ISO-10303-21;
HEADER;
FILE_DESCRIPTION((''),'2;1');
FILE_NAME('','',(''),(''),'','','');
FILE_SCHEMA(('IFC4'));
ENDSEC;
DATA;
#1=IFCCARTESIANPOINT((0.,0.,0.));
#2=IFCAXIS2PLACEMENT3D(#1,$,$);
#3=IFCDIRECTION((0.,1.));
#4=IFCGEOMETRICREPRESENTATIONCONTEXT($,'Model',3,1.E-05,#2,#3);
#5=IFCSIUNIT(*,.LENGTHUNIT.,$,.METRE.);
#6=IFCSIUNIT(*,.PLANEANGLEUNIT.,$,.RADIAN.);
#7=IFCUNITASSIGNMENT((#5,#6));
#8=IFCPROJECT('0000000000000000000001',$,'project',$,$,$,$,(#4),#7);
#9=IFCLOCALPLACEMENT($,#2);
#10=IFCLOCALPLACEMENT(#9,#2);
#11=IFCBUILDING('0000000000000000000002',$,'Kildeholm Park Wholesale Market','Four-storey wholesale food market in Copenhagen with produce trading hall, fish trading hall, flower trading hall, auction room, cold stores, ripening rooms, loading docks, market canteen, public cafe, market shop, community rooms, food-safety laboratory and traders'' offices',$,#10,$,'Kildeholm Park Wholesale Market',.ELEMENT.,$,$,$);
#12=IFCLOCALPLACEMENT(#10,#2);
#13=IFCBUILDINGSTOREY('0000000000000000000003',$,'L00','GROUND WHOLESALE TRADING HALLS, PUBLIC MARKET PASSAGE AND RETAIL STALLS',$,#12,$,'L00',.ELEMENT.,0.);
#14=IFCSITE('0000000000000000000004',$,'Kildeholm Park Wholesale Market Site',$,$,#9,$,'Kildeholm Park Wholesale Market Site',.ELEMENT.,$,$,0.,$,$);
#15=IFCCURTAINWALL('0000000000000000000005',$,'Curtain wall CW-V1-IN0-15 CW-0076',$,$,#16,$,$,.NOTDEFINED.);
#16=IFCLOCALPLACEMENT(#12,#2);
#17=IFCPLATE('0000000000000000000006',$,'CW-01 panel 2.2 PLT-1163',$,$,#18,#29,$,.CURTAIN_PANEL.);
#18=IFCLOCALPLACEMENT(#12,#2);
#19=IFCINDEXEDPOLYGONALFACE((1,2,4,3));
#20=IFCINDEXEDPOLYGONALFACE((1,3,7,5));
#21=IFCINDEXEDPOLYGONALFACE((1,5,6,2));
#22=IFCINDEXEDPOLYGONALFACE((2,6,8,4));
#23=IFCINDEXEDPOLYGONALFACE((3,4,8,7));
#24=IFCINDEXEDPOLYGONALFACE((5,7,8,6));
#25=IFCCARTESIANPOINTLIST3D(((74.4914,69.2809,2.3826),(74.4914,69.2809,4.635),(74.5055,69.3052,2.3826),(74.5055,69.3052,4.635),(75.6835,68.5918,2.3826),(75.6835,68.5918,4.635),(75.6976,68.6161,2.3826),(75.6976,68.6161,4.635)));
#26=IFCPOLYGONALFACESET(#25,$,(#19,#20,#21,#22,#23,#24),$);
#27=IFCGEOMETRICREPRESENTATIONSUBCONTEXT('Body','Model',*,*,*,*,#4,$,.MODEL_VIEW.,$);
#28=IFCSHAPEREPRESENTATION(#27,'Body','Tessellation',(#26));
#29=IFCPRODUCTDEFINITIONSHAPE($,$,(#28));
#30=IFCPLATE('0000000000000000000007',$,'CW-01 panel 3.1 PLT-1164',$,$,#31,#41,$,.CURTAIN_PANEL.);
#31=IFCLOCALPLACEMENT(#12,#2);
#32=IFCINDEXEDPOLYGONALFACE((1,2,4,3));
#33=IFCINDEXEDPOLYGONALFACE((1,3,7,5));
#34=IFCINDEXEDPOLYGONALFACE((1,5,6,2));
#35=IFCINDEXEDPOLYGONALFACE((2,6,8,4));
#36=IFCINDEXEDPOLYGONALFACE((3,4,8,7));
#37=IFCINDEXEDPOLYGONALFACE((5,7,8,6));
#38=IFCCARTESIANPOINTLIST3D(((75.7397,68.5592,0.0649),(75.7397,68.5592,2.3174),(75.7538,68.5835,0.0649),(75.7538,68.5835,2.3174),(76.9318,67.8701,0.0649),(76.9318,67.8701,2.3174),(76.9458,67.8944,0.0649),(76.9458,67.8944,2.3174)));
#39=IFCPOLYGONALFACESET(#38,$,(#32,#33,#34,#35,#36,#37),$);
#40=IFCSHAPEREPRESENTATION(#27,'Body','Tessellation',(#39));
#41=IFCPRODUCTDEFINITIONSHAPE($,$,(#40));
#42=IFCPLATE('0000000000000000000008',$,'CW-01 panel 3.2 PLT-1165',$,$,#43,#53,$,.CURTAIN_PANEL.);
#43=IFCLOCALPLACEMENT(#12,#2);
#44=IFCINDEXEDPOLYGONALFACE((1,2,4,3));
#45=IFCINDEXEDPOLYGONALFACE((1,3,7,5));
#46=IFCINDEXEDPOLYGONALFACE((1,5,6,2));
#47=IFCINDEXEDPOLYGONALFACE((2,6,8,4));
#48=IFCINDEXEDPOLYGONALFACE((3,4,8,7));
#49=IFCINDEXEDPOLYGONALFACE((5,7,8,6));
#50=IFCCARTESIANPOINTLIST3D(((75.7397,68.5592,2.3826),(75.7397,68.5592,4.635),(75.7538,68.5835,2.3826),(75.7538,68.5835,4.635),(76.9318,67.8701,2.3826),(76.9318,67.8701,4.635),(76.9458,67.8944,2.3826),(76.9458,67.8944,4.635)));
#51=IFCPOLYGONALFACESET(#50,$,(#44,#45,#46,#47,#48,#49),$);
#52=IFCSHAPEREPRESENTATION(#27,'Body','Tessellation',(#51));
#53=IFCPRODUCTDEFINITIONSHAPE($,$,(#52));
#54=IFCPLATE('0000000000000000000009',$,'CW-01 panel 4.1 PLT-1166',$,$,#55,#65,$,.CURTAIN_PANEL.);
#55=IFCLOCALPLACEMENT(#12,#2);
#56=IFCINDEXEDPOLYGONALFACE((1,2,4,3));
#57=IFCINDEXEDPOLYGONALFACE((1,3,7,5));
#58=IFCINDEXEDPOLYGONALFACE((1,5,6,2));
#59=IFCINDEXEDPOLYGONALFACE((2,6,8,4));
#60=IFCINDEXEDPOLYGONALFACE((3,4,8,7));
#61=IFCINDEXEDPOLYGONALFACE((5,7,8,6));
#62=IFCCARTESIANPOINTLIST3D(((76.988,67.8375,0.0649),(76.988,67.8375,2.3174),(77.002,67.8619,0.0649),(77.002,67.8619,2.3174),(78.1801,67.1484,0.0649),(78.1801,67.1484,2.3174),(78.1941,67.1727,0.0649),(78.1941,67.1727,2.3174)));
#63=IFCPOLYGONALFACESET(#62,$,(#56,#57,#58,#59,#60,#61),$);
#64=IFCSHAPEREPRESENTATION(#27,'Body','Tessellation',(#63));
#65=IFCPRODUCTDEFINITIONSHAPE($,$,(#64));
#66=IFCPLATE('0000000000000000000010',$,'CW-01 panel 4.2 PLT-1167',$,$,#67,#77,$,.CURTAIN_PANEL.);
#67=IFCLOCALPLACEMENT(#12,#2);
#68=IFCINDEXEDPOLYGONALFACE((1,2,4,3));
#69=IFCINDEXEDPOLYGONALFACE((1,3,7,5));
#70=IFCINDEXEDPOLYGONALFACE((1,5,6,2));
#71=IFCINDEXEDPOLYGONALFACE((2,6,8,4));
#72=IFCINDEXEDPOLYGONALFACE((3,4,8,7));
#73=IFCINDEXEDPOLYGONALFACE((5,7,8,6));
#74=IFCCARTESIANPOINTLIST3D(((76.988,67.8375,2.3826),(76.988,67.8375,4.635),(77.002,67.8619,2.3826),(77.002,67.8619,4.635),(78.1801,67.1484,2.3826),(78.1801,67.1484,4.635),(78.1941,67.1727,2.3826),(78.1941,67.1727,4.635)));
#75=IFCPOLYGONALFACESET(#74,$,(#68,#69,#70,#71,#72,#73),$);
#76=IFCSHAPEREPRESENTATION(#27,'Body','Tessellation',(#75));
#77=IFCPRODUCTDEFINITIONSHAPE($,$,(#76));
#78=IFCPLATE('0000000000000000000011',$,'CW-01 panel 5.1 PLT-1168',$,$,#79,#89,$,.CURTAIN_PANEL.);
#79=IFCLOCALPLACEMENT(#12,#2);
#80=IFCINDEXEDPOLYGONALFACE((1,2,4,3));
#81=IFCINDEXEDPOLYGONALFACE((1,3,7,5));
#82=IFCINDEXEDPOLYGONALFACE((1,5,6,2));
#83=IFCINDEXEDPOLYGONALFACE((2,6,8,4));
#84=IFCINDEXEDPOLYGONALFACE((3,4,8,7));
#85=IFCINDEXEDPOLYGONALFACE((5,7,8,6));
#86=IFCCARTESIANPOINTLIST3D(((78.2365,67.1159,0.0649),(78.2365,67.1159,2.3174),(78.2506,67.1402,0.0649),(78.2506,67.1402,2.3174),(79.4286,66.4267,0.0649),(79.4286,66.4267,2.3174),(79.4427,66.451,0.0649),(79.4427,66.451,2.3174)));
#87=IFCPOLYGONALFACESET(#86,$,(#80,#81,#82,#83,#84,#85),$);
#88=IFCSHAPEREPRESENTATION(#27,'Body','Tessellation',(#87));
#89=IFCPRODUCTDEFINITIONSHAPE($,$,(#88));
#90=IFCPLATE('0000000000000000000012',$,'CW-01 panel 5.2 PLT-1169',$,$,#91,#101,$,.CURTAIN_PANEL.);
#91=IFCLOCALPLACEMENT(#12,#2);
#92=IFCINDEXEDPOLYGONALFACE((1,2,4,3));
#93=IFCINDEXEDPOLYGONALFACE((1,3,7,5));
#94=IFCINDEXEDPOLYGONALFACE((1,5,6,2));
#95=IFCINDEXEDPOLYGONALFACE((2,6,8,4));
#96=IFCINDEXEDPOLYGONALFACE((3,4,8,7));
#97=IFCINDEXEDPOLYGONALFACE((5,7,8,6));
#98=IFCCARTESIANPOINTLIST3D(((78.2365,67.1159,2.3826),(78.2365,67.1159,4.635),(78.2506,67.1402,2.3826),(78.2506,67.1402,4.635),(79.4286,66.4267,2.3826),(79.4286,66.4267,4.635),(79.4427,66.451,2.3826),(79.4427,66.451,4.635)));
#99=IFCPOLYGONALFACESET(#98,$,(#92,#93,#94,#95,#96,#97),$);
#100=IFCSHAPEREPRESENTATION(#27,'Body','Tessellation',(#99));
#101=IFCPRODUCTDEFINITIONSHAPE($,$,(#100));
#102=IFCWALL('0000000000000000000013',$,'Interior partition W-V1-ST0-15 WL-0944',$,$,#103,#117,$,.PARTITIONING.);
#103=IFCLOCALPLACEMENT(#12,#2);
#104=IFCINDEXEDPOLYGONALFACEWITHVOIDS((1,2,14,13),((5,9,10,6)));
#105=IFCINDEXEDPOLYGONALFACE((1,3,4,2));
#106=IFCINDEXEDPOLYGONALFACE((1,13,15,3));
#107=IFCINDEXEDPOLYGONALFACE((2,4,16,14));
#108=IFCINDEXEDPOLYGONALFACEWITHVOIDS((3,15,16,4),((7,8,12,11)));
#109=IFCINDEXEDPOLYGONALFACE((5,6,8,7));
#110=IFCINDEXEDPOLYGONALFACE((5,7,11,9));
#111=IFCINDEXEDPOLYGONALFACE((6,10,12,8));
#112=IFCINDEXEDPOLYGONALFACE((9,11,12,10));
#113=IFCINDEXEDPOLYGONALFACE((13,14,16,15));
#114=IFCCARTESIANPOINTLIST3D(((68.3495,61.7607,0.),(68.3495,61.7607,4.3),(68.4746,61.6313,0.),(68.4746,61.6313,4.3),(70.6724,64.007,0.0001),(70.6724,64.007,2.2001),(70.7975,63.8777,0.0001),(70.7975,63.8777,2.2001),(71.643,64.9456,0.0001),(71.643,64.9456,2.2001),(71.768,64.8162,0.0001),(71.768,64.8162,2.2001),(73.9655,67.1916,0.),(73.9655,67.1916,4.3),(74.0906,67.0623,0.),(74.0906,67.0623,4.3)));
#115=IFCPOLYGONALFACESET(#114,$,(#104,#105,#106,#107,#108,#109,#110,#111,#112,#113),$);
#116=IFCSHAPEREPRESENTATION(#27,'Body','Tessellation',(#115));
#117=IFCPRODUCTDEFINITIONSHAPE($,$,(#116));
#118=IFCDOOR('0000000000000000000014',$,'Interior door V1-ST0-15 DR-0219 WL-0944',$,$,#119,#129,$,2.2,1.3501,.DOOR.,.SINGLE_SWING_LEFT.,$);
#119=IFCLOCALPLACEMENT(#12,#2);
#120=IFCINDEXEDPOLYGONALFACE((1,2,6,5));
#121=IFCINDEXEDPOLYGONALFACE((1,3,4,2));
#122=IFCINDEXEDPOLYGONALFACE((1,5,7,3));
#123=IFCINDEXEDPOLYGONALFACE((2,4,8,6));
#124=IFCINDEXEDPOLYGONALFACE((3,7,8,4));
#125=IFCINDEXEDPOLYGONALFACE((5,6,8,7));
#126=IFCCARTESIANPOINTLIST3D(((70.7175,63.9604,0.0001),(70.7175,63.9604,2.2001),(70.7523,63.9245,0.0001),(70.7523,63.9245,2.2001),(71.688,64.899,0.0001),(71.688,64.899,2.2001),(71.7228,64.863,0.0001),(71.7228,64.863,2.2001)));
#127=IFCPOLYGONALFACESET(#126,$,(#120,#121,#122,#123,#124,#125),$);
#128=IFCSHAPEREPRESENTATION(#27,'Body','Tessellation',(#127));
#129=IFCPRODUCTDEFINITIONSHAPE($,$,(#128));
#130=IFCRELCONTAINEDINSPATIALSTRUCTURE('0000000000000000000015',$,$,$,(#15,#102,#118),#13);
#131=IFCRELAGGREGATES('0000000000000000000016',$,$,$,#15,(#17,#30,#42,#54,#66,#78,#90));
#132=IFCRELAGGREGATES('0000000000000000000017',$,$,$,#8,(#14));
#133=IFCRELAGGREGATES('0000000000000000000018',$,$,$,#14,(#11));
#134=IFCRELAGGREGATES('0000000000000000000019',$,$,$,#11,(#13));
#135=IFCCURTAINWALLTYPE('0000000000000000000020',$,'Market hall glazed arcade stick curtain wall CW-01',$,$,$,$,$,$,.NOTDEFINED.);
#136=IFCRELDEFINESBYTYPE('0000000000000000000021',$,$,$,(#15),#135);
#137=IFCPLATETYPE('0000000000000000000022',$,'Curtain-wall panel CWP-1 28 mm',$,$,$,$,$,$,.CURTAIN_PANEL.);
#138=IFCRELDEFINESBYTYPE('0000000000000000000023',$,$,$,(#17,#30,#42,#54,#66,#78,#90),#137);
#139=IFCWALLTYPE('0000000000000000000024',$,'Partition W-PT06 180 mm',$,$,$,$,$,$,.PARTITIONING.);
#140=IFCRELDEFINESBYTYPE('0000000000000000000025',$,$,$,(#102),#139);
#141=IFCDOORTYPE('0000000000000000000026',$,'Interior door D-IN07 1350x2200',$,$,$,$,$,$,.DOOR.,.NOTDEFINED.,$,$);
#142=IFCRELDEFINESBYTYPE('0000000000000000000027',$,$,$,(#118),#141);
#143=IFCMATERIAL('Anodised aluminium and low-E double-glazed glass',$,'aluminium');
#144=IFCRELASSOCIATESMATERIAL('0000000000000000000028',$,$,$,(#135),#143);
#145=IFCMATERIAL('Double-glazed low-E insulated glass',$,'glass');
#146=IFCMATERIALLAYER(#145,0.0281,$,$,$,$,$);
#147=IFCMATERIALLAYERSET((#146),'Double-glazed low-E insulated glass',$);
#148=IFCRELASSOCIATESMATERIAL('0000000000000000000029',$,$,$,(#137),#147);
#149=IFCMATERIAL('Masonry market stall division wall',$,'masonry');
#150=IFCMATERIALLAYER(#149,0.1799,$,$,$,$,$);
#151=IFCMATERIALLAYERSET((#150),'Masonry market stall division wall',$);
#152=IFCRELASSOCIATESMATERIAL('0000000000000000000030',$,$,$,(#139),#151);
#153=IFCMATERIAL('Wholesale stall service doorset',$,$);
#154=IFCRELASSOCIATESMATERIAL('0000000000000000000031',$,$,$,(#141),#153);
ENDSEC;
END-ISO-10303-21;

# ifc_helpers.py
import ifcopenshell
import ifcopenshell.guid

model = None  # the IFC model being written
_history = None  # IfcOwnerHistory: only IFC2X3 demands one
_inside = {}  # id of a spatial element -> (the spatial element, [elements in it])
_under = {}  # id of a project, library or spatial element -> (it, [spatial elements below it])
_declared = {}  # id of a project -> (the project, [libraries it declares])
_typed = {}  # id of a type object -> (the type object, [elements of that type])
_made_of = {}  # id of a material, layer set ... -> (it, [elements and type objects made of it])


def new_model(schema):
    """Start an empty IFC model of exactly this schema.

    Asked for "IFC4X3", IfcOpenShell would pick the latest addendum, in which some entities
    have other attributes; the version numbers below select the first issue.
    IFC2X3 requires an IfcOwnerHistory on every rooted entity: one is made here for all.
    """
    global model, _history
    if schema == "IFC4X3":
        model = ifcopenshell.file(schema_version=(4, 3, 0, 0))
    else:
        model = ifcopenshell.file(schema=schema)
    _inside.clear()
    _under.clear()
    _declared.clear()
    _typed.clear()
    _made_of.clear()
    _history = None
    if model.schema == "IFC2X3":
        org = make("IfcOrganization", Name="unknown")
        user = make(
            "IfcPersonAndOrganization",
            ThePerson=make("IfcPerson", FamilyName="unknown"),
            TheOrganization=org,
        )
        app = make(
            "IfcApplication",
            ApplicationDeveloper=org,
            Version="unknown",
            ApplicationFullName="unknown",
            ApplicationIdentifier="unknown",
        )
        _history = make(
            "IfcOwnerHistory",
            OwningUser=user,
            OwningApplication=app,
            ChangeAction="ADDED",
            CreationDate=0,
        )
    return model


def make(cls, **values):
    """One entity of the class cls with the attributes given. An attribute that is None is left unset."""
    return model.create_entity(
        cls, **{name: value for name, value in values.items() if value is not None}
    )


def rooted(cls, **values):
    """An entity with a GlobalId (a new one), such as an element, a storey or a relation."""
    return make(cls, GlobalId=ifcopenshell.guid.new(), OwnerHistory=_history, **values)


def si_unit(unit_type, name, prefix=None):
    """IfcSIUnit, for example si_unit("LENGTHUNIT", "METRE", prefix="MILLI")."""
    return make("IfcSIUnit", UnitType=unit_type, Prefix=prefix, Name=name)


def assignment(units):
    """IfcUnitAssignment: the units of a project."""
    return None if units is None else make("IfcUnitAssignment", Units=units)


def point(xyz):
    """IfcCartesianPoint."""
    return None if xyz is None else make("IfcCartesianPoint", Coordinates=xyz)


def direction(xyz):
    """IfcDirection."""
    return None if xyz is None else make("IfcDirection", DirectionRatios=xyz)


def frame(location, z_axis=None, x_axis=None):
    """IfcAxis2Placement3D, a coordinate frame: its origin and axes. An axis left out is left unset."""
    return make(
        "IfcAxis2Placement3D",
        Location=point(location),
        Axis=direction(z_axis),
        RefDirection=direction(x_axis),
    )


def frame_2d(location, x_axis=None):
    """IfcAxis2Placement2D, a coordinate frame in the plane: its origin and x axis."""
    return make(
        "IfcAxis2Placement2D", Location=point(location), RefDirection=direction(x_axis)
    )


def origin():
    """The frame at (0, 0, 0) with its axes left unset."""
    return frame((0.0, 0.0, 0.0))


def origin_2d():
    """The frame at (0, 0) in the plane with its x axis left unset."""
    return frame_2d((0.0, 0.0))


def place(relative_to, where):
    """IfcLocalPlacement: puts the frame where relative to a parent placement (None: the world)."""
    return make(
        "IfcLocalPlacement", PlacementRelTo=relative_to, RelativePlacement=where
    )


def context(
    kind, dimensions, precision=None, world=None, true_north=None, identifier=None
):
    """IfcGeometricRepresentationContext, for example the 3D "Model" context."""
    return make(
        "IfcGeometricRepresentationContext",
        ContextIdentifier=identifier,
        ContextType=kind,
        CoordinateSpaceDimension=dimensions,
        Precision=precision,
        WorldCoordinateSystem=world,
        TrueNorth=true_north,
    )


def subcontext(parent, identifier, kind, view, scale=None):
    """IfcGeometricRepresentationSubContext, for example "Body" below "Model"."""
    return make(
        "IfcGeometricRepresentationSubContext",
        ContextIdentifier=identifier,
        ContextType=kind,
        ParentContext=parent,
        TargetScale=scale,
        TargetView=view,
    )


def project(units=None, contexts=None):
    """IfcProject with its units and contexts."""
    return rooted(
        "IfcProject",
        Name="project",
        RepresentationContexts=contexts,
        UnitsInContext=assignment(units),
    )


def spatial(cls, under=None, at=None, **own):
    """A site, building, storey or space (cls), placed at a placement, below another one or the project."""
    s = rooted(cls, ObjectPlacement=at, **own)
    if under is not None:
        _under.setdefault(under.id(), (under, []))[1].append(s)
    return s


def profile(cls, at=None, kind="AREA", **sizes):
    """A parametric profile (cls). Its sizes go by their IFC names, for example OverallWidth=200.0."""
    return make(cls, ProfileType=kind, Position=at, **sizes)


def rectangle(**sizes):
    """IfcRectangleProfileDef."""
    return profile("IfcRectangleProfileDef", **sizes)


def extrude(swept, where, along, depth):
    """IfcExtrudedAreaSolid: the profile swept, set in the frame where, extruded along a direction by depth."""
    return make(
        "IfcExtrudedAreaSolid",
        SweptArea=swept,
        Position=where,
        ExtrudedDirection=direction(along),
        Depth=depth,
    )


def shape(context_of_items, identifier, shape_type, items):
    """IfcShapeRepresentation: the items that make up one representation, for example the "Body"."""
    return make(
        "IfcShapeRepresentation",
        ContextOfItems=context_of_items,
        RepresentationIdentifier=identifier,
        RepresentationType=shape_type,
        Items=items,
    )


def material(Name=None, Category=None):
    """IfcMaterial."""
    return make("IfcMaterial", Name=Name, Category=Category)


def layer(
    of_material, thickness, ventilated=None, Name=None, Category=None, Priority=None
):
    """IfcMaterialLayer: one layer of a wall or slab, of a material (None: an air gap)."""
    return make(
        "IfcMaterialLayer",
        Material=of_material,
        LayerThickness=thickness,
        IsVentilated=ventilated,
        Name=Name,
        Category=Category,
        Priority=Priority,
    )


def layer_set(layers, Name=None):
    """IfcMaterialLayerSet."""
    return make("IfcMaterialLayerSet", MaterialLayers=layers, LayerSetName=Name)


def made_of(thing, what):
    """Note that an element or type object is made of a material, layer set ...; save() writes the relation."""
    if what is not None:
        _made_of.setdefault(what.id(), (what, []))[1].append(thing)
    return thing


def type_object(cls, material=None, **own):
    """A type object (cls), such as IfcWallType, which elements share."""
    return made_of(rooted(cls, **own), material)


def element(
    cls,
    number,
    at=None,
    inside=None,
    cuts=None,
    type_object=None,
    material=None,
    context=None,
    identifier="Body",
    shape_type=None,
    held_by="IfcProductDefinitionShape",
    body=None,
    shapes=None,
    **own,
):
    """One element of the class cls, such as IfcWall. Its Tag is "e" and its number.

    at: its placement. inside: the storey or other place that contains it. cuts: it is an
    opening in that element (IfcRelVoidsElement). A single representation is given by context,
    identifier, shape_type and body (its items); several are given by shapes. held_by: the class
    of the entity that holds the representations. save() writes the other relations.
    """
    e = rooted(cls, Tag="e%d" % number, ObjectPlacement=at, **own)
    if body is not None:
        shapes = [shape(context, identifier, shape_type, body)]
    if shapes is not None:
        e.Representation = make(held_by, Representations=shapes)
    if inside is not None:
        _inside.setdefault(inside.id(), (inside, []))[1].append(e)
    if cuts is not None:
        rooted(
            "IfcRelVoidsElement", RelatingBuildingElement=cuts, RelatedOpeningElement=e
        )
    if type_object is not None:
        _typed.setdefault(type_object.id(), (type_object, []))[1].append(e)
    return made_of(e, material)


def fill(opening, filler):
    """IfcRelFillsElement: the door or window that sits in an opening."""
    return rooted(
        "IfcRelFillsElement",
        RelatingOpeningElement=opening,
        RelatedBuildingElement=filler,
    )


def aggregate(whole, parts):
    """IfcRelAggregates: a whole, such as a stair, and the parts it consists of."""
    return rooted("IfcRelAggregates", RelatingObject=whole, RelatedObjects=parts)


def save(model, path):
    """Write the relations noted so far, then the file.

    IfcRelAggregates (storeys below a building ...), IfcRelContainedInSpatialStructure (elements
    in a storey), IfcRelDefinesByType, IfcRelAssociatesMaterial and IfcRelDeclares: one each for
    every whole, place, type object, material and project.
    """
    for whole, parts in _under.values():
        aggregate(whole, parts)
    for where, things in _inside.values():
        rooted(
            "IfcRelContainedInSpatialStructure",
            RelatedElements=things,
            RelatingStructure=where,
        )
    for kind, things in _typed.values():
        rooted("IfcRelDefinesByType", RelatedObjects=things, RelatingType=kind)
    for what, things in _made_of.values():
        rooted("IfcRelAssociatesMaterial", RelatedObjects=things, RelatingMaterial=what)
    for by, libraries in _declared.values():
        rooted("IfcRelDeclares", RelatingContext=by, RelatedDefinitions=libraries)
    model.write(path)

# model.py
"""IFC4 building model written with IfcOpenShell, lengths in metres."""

from ifc_helpers import new_model, si_unit, direction, frame, frame_2d, origin, origin_2d, place, context, subcontext, project, spatial, rectangle, extrude, material, layer, layer_set, type_object, element, fill, aggregate, save


model = new_model("IFC4")

# Units and contexts
model_context = context("Model", 3, precision=1e-05, world=origin(), true_north=direction((0.0, 1.0)))
body_context = subcontext(model_context, "Body", "Model", "MODEL_VIEW")
ifc_project = project(units=[si_unit("LENGTHUNIT", "METRE"), si_unit("PLANEANGLEUNIT", "RADIAN")], contexts=[model_context])

# Site, building, storey
site_placement = place(None, origin())
site = spatial("IfcSite", under=ifc_project, at=site_placement, Name="Kildeholm Park Wholesale Market Site", LongName="Kildeholm Park Wholesale Market Site", CompositionType="ELEMENT", RefElevation=0.0)
building_placement = place(site_placement, origin())
building = spatial("IfcBuilding", under=site, at=building_placement, Name="Kildeholm Park Wholesale Market", Description="Four-storey wholesale food market in Copenhagen with produce trading hall, fish trading hall, flower trading hall, auction room, cold stores, ripening rooms, loading docks, market canteen, public cafe, market shop, community rooms, food-safety laboratory and traders' offices", LongName="Kildeholm Park Wholesale Market", CompositionType="ELEMENT")
storey_placement = place(building_placement, origin())
storey = spatial("IfcBuildingStorey", under=building, at=storey_placement, Name="L00", Description="GROUND WHOLESALE TRADING HALLS, PUBLIC MARKET PASSAGE AND RETAIL STALLS", LongName="L00", CompositionType="ELEMENT", Elevation=0.0)

# Curtain wall, plates
ifc_material_1 = material(Name="Anodised aluminium and low-E double-glazed glass", Category="aluminium")
curtain_wall_type = type_object("IfcCurtainWallType", Name="Market hall glazed arcade stick curtain wall CW-01", PredefinedType="NOTDEFINED", material=ifc_material_1)
curtain_wall_placement = place(storey_placement, origin())
curtain_wall = element("IfcCurtainWall", 1, at=curtain_wall_placement, inside=storey, type_object=curtain_wall_type, Name="Curtain wall CW-V1-IN0-15 CW-0076", PredefinedType="NOTDEFINED")
ifc_material_2 = material(Name="Double-glazed low-E insulated glass", Category="glass")
ifc_layer_1 = layer(ifc_material_2, 0.0281)
ifc_layer_set_1 = layer_set([ifc_layer_1], Name="Double-glazed low-E insulated glass")
plate_type = type_object("IfcPlateType", Name="Curtain-wall panel CWP-1 28 mm", PredefinedType="CURTAIN_PANEL", material=ifc_layer_set_1)
plate_1_placement = place(storey_placement, frame((75.0945, 68.9485, 2.3826), z_axis=(0.0, 0.0, 1.0), x_axis=(0.865743, -0.500489, 0.0)))
plate_1 = element("IfcPlate", 2, at=plate_1_placement, type_object=plate_type, Name="CW-01 panel 2.2 PLT-1163", PredefinedType="CURTAIN_PANEL", context=body_context, shape_type="SweptSolid", body=[
    extrude(rectangle(XDim=1.377, YDim=0.0281, at=origin_2d()), origin(), (0.0, 0.0, 1.0), 2.2524),
])
plate_2_placement = place(storey_placement, frame((76.3428, 68.2268, 0.0649), z_axis=(0.0, 0.0, 1.0), x_axis=(0.865743, -0.500489, 0.0)))
plate_2 = element("IfcPlate", 3, at=plate_2_placement, type_object=plate_type, Name="CW-01 panel 3.1 PLT-1164", PredefinedType="CURTAIN_PANEL", context=body_context, shape_type="SweptSolid", body=[
    extrude(rectangle(XDim=1.377, YDim=0.0281, at=origin_2d()), origin(), (0.0, 0.0, 1.0), 2.2524),
])
plate_3_placement = place(storey_placement, frame((76.3428, 68.2268, 2.3826), z_axis=(0.0, 0.0, 1.0), x_axis=(0.865743, -0.500489, 0.0)))
plate_3 = element("IfcPlate", 4, at=plate_3_placement, type_object=plate_type, Name="CW-01 panel 3.2 PLT-1165", PredefinedType="CURTAIN_PANEL", context=body_context, shape_type="SweptSolid", body=[
    extrude(rectangle(XDim=1.377, YDim=0.0281, at=origin_2d()), origin(), (0.0, 0.0, 1.0), 2.2524),
])
plate_4_placement = place(storey_placement, frame((77.5911, 67.5051, 0.0649), z_axis=(0.0, 0.0, 1.0), x_axis=(0.865743, -0.500489, 0.0)))
plate_4 = element("IfcPlate", 5, at=plate_4_placement, type_object=plate_type, Name="CW-01 panel 4.1 PLT-1166", PredefinedType="CURTAIN_PANEL", context=body_context, shape_type="SweptSolid", body=[
    extrude(rectangle(XDim=1.377, YDim=0.0281, at=origin_2d()), origin(), (0.0, 0.0, 1.0), 2.2524),
])
plate_5_placement = place(storey_placement, frame((77.5911, 67.5051, 2.3826), z_axis=(0.0, 0.0, 1.0), x_axis=(0.865743, -0.500489, 0.0)))
plate_5 = element("IfcPlate", 6, at=plate_5_placement, type_object=plate_type, Name="CW-01 panel 4.2 PLT-1167", PredefinedType="CURTAIN_PANEL", context=body_context, shape_type="SweptSolid", body=[
    extrude(rectangle(XDim=1.377, YDim=0.0281, at=origin_2d()), origin(), (0.0, 0.0, 1.0), 2.2524),
])
plate_6_placement = place(storey_placement, frame((78.8396, 66.7834, 0.0649), z_axis=(0.0, 0.0, 1.0), x_axis=(0.865743, -0.500489, 0.0)))
plate_6 = element("IfcPlate", 7, at=plate_6_placement, type_object=plate_type, Name="CW-01 panel 5.1 PLT-1168", PredefinedType="CURTAIN_PANEL", context=body_context, shape_type="SweptSolid", body=[
    extrude(rectangle(XDim=1.377, YDim=0.0281, at=origin_2d()), origin(), (0.0, 0.0, 1.0), 2.2524),
])
plate_7_placement = place(storey_placement, frame((78.8396, 66.7834, 2.3826), z_axis=(0.0, 0.0, 1.0), x_axis=(0.865743, -0.500489, 0.0)))
plate_7 = element("IfcPlate", 8, at=plate_7_placement, type_object=plate_type, Name="CW-01 panel 5.2 PLT-1169", PredefinedType="CURTAIN_PANEL", context=body_context, shape_type="SweptSolid", body=[
    extrude(rectangle(XDim=1.377, YDim=0.0281, at=origin_2d()), origin(), (0.0, 0.0, 1.0), 2.2524),
])
aggregate(curtain_wall, [plate_1, plate_2, plate_3, plate_4, plate_5, plate_6, plate_7])

# Wall, opening, door
ifc_material_3 = material(Name="Masonry market stall division wall", Category="masonry")
ifc_layer_2 = layer(ifc_material_3, 0.1799)
ifc_layer_set_2 = layer_set([ifc_layer_2], Name="Masonry market stall division wall")
wall_type = type_object("IfcWallType", Name="Partition W-PT06 180 mm", PredefinedType="PARTITIONING", material=ifc_layer_set_2)
wall_placement = place(storey_placement, frame((74.0281, 67.127, 0.0), z_axis=(0.0, 0.0, 1.0), x_axis=(-0.718851, -0.695164, 0.0)))
wall = element("IfcWall", 9, at=wall_placement, inside=storey, type_object=wall_type, Name="Interior partition W-V1-ST0-15 WL-0944", PredefinedType="PARTITIONING", context=body_context, shape_type="SweptSolid", body=[
    extrude(rectangle(XDim=7.8125, YDim=0.1799, at=frame_2d((3.9062, 0.0))), origin(), (0.0, 0.0, 1.0), 4.3),
])
opening_placement = place(wall_placement, frame((3.231, 0.0, 0.0)))
opening = element("IfcOpeningElement", 10, at=opening_placement, cuts=wall, PredefinedType="OPENING", context=body_context, shape_type="SweptSolid", body=[
    extrude(rectangle(XDim=1.3501, YDim=2.2, at=frame_2d((0.675, 1.1001))), frame((0.0, 0.0999, 0.0), z_axis=(0.0, -1.0, 0.0), x_axis=(1.0, 0.0, 0.0)), (0.0, 0.0, 1.0), 0.2),
])
ifc_material_4 = material(Name="Wholesale stall service doorset")
door_type = type_object("IfcDoorType", Name="Interior door D-IN07 1350x2200", OperationType="NOTDEFINED", PredefinedType="DOOR", material=ifc_material_4)
door_placement = place(opening_placement, origin())
door = element("IfcDoor", 11, at=door_placement, inside=storey, type_object=door_type, Name="Interior door V1-ST0-15 DR-0219 WL-0944", OperationType="SINGLE_SWING_LEFT", OverallHeight=2.2, OverallWidth=1.3501, PredefinedType="DOOR", context=body_context, shape_type="SweptSolid", body=[
    extrude(rectangle(XDim=1.3501, YDim=2.2, at=frame_2d((0.675, 1.1001))), frame((0.0, 0.0249, 0.0), z_axis=(0.0, -1.0, 0.0), x_axis=(1.0, 0.0, 0.0)), (0.0, 0.0, 1.0), 0.05),
])
fill(opening, door)

save(model, "model.ifc")
